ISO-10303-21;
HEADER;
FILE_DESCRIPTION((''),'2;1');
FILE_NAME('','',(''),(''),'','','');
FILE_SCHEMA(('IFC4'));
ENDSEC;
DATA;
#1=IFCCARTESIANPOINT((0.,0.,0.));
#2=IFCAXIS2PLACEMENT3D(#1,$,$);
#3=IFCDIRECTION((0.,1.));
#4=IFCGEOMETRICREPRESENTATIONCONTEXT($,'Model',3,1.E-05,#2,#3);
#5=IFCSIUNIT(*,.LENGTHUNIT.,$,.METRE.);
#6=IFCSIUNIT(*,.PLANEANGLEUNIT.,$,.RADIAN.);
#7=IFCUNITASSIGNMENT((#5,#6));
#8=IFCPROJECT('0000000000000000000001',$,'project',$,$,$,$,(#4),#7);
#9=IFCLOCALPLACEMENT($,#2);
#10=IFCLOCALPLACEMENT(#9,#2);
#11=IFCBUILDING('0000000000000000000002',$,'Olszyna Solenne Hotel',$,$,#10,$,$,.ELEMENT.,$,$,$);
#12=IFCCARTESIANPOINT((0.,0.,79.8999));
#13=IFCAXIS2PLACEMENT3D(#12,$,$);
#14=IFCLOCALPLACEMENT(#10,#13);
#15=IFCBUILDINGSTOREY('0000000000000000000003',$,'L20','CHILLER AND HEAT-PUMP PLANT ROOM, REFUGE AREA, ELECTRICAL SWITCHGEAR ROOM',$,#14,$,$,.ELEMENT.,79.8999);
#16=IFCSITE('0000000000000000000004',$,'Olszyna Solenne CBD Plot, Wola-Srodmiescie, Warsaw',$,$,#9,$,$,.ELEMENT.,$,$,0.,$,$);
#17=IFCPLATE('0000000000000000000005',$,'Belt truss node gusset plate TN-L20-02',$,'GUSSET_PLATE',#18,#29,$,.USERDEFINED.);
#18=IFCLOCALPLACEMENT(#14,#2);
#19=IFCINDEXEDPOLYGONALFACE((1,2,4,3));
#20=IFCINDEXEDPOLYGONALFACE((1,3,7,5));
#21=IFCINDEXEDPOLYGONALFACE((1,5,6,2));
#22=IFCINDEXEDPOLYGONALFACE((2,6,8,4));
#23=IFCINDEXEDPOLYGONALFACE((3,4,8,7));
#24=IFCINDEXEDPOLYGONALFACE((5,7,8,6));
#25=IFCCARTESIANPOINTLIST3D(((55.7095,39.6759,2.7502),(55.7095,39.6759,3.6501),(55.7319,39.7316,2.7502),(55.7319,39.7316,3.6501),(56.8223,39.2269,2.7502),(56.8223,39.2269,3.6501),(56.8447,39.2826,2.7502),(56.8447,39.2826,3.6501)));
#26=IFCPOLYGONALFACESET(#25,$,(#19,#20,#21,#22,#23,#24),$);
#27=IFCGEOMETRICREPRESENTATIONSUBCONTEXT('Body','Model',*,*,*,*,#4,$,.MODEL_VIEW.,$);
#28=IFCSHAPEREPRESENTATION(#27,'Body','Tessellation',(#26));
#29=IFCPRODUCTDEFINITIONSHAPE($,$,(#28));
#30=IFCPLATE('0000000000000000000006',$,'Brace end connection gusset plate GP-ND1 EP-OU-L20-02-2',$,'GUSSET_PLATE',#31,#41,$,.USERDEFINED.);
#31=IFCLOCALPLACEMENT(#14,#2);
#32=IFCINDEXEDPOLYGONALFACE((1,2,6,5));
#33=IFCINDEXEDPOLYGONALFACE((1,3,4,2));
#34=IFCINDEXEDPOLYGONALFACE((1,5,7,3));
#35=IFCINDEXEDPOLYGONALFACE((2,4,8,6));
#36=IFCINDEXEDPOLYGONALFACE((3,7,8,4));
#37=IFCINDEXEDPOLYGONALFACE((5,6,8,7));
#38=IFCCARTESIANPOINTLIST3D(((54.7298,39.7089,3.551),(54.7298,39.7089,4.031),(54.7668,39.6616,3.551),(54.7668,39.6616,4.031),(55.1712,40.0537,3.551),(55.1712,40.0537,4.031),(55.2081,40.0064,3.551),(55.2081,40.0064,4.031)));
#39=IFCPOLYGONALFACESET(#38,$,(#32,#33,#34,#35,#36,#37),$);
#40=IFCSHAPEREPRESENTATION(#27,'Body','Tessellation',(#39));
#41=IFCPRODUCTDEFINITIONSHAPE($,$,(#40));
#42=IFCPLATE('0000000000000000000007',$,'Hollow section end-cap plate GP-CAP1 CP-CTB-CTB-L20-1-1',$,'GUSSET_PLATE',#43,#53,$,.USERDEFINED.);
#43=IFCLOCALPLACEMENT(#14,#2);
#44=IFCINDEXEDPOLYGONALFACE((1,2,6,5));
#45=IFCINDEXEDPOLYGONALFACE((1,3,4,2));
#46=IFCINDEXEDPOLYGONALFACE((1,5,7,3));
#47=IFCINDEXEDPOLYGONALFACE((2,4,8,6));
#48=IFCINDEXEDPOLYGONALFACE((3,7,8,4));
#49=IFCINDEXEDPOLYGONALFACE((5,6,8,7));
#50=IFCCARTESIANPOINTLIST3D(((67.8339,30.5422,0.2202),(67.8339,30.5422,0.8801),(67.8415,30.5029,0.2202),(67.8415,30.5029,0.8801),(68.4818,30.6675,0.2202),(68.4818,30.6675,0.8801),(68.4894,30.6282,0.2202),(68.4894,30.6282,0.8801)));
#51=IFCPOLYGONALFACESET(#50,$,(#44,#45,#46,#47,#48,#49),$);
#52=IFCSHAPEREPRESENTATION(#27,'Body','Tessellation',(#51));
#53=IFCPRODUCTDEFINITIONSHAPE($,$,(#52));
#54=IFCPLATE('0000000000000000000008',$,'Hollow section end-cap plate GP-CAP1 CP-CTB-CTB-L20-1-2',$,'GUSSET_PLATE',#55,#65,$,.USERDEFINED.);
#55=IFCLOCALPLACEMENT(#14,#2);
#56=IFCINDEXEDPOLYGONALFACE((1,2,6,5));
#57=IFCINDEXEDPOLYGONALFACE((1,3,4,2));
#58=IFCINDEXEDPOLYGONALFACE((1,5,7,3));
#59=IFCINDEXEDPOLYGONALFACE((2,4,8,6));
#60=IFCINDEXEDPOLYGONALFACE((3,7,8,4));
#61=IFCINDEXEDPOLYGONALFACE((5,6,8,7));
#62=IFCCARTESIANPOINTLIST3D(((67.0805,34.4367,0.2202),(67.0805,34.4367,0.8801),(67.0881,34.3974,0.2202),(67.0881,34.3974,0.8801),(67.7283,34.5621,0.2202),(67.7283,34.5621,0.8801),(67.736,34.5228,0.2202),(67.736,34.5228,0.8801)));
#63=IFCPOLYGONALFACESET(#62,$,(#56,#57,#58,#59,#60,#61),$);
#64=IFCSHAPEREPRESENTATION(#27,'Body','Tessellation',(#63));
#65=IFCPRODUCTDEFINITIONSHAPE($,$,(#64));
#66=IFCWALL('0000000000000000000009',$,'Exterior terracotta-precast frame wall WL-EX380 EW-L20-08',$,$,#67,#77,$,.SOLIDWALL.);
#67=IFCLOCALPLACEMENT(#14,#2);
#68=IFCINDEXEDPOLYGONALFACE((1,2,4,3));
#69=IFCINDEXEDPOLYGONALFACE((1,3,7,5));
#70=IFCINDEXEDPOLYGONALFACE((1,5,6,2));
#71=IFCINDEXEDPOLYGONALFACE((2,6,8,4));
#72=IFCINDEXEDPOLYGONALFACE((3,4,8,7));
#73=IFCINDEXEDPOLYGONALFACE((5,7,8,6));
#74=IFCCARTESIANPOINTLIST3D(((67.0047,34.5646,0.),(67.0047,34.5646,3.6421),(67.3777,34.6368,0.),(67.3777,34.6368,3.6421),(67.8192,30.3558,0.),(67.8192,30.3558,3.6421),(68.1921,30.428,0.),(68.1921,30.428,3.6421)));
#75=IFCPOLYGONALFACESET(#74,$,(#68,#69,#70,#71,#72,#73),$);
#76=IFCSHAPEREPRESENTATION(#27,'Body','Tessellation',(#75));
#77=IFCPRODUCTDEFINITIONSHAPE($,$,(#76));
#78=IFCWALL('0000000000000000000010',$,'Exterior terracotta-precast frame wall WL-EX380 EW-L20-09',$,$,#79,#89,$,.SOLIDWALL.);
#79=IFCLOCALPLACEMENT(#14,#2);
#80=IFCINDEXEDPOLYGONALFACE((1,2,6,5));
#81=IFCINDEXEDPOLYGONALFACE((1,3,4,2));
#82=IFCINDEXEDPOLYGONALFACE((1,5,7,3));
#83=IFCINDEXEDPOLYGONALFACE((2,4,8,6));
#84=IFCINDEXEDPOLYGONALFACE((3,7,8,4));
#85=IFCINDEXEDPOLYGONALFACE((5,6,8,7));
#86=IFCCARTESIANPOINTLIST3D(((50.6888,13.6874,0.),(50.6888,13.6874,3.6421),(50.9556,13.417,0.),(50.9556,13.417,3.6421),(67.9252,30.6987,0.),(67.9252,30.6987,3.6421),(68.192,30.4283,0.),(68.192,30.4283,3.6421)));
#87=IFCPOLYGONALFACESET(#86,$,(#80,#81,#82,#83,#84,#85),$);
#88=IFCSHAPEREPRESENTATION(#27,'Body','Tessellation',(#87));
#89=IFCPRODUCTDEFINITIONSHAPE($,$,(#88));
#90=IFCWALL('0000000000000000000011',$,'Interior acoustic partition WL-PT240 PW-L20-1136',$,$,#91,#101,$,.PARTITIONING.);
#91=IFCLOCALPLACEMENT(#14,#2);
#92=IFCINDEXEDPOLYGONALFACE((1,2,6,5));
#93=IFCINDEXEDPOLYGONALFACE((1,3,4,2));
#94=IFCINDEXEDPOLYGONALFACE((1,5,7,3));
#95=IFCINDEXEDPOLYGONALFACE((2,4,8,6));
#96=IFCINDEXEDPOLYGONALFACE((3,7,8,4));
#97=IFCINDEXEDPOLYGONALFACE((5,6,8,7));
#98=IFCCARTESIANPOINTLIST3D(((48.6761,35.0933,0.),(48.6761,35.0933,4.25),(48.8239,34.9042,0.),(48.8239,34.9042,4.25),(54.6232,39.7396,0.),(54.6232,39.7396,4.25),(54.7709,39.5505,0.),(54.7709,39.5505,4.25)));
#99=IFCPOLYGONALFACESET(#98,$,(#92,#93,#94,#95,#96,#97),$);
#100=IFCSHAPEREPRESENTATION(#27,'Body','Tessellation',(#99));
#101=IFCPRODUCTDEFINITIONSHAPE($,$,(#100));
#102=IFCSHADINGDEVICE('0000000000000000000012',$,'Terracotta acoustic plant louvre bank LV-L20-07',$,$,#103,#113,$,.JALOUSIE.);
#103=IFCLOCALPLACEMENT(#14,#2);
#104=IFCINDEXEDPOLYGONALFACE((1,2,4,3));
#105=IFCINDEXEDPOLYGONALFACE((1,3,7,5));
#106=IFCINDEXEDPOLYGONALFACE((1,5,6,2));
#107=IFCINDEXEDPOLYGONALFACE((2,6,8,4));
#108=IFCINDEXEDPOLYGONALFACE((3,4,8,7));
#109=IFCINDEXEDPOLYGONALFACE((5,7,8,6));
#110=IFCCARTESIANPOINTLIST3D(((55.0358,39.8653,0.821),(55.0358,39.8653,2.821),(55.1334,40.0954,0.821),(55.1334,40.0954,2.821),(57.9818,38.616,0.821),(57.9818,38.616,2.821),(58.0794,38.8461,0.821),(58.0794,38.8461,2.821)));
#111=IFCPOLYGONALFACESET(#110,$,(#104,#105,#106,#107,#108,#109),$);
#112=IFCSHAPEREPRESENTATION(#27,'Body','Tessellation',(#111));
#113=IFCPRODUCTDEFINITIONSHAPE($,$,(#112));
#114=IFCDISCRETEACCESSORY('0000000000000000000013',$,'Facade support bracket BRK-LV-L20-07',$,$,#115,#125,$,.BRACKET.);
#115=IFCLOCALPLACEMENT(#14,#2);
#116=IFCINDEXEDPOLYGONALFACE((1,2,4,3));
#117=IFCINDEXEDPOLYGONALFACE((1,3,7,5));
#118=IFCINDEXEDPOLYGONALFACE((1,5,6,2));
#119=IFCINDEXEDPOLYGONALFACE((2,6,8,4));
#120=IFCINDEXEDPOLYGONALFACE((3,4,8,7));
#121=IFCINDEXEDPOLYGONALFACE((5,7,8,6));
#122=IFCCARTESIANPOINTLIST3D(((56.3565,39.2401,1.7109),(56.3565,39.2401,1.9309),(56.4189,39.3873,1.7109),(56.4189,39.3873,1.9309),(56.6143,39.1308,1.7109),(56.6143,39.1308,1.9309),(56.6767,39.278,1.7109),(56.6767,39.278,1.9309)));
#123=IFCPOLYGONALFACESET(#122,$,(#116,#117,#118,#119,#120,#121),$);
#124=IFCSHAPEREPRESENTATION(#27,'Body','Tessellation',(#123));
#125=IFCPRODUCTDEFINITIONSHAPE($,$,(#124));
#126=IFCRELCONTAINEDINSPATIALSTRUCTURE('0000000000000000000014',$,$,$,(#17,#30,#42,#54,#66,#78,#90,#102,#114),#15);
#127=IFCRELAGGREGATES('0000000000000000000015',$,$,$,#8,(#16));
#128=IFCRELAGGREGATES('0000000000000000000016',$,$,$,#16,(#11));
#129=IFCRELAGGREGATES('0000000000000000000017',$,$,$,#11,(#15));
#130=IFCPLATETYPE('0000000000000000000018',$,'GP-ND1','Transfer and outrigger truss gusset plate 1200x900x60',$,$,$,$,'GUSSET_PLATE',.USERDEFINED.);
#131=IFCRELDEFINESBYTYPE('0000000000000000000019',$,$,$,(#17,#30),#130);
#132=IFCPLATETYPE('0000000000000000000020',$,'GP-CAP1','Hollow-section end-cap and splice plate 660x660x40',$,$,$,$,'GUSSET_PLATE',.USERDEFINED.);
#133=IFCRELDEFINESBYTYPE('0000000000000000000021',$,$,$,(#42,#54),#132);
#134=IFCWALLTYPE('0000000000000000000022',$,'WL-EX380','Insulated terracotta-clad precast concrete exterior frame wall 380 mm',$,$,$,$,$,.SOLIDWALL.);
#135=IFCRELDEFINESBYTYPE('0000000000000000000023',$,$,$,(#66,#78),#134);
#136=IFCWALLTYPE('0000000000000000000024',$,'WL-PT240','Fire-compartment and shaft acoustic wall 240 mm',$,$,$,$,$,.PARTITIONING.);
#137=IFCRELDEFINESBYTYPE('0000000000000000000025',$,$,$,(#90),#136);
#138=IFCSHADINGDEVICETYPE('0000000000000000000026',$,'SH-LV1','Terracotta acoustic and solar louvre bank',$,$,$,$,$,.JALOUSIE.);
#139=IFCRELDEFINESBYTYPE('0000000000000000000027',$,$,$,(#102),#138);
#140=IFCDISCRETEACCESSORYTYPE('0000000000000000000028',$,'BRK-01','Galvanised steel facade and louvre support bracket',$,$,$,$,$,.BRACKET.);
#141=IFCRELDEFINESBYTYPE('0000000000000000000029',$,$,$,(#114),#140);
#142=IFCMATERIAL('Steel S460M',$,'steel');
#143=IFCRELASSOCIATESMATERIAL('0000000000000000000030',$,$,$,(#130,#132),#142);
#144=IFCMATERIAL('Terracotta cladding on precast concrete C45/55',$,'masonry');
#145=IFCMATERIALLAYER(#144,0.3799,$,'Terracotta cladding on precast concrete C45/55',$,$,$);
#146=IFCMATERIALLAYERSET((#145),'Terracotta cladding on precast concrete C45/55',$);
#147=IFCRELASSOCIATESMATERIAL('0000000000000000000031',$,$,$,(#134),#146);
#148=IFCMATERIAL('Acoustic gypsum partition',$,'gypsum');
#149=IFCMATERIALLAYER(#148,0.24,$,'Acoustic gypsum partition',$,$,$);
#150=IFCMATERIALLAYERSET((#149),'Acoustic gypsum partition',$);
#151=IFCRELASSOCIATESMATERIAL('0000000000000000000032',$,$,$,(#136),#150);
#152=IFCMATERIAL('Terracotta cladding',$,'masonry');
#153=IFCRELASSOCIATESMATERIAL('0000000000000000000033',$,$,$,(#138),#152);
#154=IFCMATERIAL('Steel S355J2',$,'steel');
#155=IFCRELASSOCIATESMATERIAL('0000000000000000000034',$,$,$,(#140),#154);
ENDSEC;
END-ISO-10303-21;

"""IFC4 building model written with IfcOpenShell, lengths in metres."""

from ifc_helpers import new_model, si_unit, direction, frame, frame_2d, origin, origin_2d, place, context, subcontext, project, spatial, rectangle, extrude, source, transform, mapped, material, layer, layer_set, type_object, element, save


model = new_model("IFC4")

# Units and contexts
model_context = context("Model", 3, precision=1e-05, world=origin(), true_north=direction((0.0, 1.0)))
body_context = subcontext(model_context, "Body", "Model", "MODEL_VIEW")
ifc_project = project(units=[si_unit("LENGTHUNIT", "METRE"), si_unit("PLANEANGLEUNIT", "RADIAN")], contexts=[model_context])

# Site, building, storey
site_placement = place(None, origin())
site = spatial("IfcSite", under=ifc_project, at=site_placement, Name="Olszyna Solenne CBD Plot, Wola-Srodmiescie, Warsaw", CompositionType="ELEMENT", RefElevation=0.0)
building_placement = place(site_placement, origin())
building = spatial("IfcBuilding", under=site, at=building_placement, Name="Olszyna Solenne Hotel", CompositionType="ELEMENT")
storey_placement = place(building_placement, frame((0.0, 0.0, 79.8999)))
storey = spatial("IfcBuildingStorey", under=building, at=storey_placement, Name="L20", Description="CHILLER AND HEAT-PUMP PLANT ROOM, REFUGE AREA, ELECTRICAL SWITCHGEAR ROOM", CompositionType="ELEMENT", Elevation=79.8999)

# Shared definitions
ifc_material_1 = material(Name="Steel S460M", Category="steel")

# Shared definitions
ifc_material_2 = material(Name="Steel S355J2", Category="steel")

# Plates
plate_type_1 = type_object("IfcPlateType", Name="GP-ND1", Description="Transfer and outrigger truss gusset plate 1200x900x60", ElementType="GUSSET_PLATE", PredefinedType="USERDEFINED", material=ifc_material_1)
shared_shape_1 = source(origin(), body_context, "Body", "SweptSolid", [
    extrude(rectangle(XDim=1.2, YDim=0.0601, at=origin_2d()), origin(), (0.0, 0.0, 1.0), 0.8999),
])
for number, where, z_axis, x_axis, name in (
    (1, (56.2771, 39.4792, 2.7502), (0.0, 0.0, 1.0), (-0.92738, 0.374121, 0.0), "Belt truss node gusset plate TN-L20-02"),
):
    element("IfcPlate", number, at=place(storey_placement, frame(where, z_axis=z_axis, x_axis=x_axis)), inside=storey, type_object=plate_type_1, Name=name, ObjectType="GUSSET_PLATE", PredefinedType="USERDEFINED", context=body_context, shape_type="MappedRepresentation", body=[
        mapped(shared_shape_1, transform((0.0, 0.0, 0.0), x_axis=(1.0, 0.0, 0.0), y_axis=(0.0, 1.0, 0.0), z_axis=(0.0, 0.0, 1.0), scale=1.0)),
    ])
shared_shape_2 = source(origin(), body_context, "Body", "SweptSolid", [
    extrude(rectangle(XDim=0.5601, YDim=0.0601, at=origin_2d()), origin(), (0.0, 0.0, 1.0), 0.48),
])
plate_1_placement = place(storey_placement, frame((54.969, 39.8577, 3.551), z_axis=(0.0, 0.0, 1.0), x_axis=(0.788011, 0.615661, 0.0)))
element("IfcPlate", 2, at=plate_1_placement, inside=storey, type_object=plate_type_1, Name="Brace end connection gusset plate GP-ND1 EP-OU-L20-02-2", ObjectType="GUSSET_PLATE", PredefinedType="USERDEFINED", context=body_context, shape_type="MappedRepresentation", body=[
    mapped(shared_shape_2, transform((0.0, 0.0, 0.0), x_axis=(1.0, 0.0, 0.0), y_axis=(0.0, 1.0, 0.0), z_axis=(0.0, 0.0, 1.0), scale=1.0)),
])
plate_type_2 = type_object("IfcPlateType", Name="GP-CAP1", Description="Hollow-section end-cap and splice plate 660x660x40", ElementType="GUSSET_PLATE", PredefinedType="USERDEFINED", material=ifc_material_1)
shared_shape_3 = source(origin(), body_context, "Body", "SweptSolid", [
    extrude(rectangle(XDim=0.04, YDim=0.6599, at=origin_2d()), origin(), (0.0, 0.0, 1.0), 0.6599),
])
for number, where, z_axis, x_axis, name in (
    (3, (68.1616, 30.5852, 0.2202), (0.0, 0.0, 1.0), (-0.189952, 0.981793, 0.0), "Hollow section end-cap plate GP-CAP1 CP-CTB-CTB-L20-1-1"),
    (4, (67.4082, 34.4797, 0.2202), (0.0, 0.0, 1.0), (-0.189952, 0.981793, 0.0), "Hollow section end-cap plate GP-CAP1 CP-CTB-CTB-L20-1-2"),
):
    element("IfcPlate", number, at=place(storey_placement, frame(where, z_axis=z_axis, x_axis=x_axis)), inside=storey, type_object=plate_type_2, Name=name, ObjectType="GUSSET_PLATE", PredefinedType="USERDEFINED", context=body_context, shape_type="MappedRepresentation", body=[
        mapped(shared_shape_3, transform((0.0, 0.0, 0.0), x_axis=(1.0, 0.0, 0.0), y_axis=(0.0, 1.0, 0.0), z_axis=(0.0, 0.0, 1.0), scale=1.0)),
    ])

# Walls
ifc_material_3 = material(Name="Terracotta cladding on precast concrete C45/55", Category="masonry")
ifc_layer_1 = layer(ifc_material_3, 0.3799, Name="Terracotta cladding on precast concrete C45/55")
ifc_layer_set_1 = layer_set([ifc_layer_1], Name="Terracotta cladding on precast concrete C45/55")
wall_type_1 = type_object("IfcWallType", Name="WL-EX380", Description="Insulated terracotta-clad precast concrete exterior frame wall 380 mm", PredefinedType="SOLIDWALL", material=ifc_layer_set_1)
wall_1_placement = place(storey_placement, frame((67.1912, 34.6008, 0.0), z_axis=(0.0, 0.0, 1.0), x_axis=(0.18999, -0.981786, 0.0)))
element("IfcWall", 5, at=wall_1_placement, inside=storey, type_object=wall_type_1, Name="Exterior terracotta-precast frame wall WL-EX380 EW-L20-08", PredefinedType="SOLIDWALL", context=body_context, shape_type="SweptSolid", body=[
    extrude(rectangle(XDim=4.2869, YDim=0.3799, at=frame_2d((2.1436, 0.0))), origin(), (0.0, 0.0, 1.0), 3.6421),
])
wall_2_placement = place(storey_placement, frame((68.0586, 30.5635, 0.0), z_axis=(0.0, 0.0, 1.0), x_axis=(-0.711739, -0.702444, 0.0)))
element("IfcWall", 6, at=wall_2_placement, inside=storey, type_object=wall_type_1, Name="Exterior terracotta-precast frame wall WL-EX380 EW-L20-09", PredefinedType="SOLIDWALL", context=body_context, shape_type="SweptSolid", body=[
    extrude(rectangle(XDim=24.2173, YDim=0.3799, at=frame_2d((12.1086, 0.0))), origin(), (0.0, 0.0, 1.0), 3.6421),
])
ifc_material_4 = material(Name="Acoustic gypsum partition", Category="gypsum")
ifc_layer_2 = layer(ifc_material_4, 0.24, Name="Acoustic gypsum partition")
ifc_layer_set_2 = layer_set([ifc_layer_2], Name="Acoustic gypsum partition")
wall_type_2 = type_object("IfcWallType", Name="WL-PT240", Description="Fire-compartment and shaft acoustic wall 240 mm", PredefinedType="PARTITIONING", material=ifc_layer_set_2)
wall_3_placement = place(storey_placement, frame((48.75, 34.9988, 0.0), z_axis=(0.0, 0.0, 1.0), x_axis=(0.788016, 0.615655, 0.0)))
element("IfcWall", 7, at=wall_3_placement, inside=storey, type_object=wall_type_2, Name="Interior acoustic partition WL-PT240 PW-L20-1136", PredefinedType="PARTITIONING", context=body_context, shape_type="SweptSolid", body=[
    extrude(rectangle(XDim=7.5469, YDim=0.24, at=frame_2d((3.7734, 0.0))), origin(), (0.0, 0.0, 1.0), 4.25),
])

# Shading device
ifc_material_5 = material(Name="Terracotta cladding", Category="masonry")
shading_device_type = type_object("IfcShadingDeviceType", Name="SH-LV1", Description="Terracotta acoustic and solar louvre bank", PredefinedType="JALOUSIE", material=ifc_material_5)
shared_shape_4 = source(origin(), body_context, "Body", "SweptSolid", [
    extrude(rectangle(XDim=3.2, YDim=0.25, at=origin_2d()), origin(), (0.0, 0.0, 1.0), 2.0),
])
shading_device_placement = place(storey_placement, frame((56.5576, 39.3557, 0.821), z_axis=(0.0, 0.0, 1.0), x_axis=(0.920641, -0.39041, 0.0)))
element("IfcShadingDevice", 8, at=shading_device_placement, inside=storey, type_object=shading_device_type, Name="Terracotta acoustic plant louvre bank LV-L20-07", PredefinedType="JALOUSIE", context=body_context, shape_type="MappedRepresentation", body=[
    mapped(shared_shape_4, transform((0.0, 0.0, 0.0), x_axis=(1.0, 0.0, 0.0), y_axis=(0.0, 1.0, 0.0), z_axis=(0.0, 0.0, 1.0), scale=1.0)),
])

# Discrete accessory
discrete_accessory_type = type_object("IfcDiscreteAccessoryType", Name="BRK-01", Description="Galvanised steel facade and louvre support bracket", PredefinedType="BRACKET", material=ifc_material_2)
shared_shape_5 = source(origin(), body_context, "Body", "SweptSolid", [
    extrude(rectangle(XDim=0.28, YDim=0.1599, at=origin_2d()), origin(), (0.0, 0.0, 1.0), 0.22),
])
discrete_accessory_placement = place(storey_placement, frame((56.5166, 39.259, 1.7109), z_axis=(0.0, 0.0, 1.0), x_axis=(0.920641, -0.39041, 0.0)))
element("IfcDiscreteAccessory", 9, at=discrete_accessory_placement, inside=storey, type_object=discrete_accessory_type, Name="Facade support bracket BRK-LV-L20-07", PredefinedType="BRACKET", context=body_context, shape_type="MappedRepresentation", body=[
    mapped(shared_shape_5, transform((0.0, 0.0, 0.0), x_axis=(1.0, 0.0, 0.0), y_axis=(0.0, 1.0, 0.0), z_axis=(0.0, 0.0, 1.0), scale=1.0)),
])

save(model, "model.ifc")
